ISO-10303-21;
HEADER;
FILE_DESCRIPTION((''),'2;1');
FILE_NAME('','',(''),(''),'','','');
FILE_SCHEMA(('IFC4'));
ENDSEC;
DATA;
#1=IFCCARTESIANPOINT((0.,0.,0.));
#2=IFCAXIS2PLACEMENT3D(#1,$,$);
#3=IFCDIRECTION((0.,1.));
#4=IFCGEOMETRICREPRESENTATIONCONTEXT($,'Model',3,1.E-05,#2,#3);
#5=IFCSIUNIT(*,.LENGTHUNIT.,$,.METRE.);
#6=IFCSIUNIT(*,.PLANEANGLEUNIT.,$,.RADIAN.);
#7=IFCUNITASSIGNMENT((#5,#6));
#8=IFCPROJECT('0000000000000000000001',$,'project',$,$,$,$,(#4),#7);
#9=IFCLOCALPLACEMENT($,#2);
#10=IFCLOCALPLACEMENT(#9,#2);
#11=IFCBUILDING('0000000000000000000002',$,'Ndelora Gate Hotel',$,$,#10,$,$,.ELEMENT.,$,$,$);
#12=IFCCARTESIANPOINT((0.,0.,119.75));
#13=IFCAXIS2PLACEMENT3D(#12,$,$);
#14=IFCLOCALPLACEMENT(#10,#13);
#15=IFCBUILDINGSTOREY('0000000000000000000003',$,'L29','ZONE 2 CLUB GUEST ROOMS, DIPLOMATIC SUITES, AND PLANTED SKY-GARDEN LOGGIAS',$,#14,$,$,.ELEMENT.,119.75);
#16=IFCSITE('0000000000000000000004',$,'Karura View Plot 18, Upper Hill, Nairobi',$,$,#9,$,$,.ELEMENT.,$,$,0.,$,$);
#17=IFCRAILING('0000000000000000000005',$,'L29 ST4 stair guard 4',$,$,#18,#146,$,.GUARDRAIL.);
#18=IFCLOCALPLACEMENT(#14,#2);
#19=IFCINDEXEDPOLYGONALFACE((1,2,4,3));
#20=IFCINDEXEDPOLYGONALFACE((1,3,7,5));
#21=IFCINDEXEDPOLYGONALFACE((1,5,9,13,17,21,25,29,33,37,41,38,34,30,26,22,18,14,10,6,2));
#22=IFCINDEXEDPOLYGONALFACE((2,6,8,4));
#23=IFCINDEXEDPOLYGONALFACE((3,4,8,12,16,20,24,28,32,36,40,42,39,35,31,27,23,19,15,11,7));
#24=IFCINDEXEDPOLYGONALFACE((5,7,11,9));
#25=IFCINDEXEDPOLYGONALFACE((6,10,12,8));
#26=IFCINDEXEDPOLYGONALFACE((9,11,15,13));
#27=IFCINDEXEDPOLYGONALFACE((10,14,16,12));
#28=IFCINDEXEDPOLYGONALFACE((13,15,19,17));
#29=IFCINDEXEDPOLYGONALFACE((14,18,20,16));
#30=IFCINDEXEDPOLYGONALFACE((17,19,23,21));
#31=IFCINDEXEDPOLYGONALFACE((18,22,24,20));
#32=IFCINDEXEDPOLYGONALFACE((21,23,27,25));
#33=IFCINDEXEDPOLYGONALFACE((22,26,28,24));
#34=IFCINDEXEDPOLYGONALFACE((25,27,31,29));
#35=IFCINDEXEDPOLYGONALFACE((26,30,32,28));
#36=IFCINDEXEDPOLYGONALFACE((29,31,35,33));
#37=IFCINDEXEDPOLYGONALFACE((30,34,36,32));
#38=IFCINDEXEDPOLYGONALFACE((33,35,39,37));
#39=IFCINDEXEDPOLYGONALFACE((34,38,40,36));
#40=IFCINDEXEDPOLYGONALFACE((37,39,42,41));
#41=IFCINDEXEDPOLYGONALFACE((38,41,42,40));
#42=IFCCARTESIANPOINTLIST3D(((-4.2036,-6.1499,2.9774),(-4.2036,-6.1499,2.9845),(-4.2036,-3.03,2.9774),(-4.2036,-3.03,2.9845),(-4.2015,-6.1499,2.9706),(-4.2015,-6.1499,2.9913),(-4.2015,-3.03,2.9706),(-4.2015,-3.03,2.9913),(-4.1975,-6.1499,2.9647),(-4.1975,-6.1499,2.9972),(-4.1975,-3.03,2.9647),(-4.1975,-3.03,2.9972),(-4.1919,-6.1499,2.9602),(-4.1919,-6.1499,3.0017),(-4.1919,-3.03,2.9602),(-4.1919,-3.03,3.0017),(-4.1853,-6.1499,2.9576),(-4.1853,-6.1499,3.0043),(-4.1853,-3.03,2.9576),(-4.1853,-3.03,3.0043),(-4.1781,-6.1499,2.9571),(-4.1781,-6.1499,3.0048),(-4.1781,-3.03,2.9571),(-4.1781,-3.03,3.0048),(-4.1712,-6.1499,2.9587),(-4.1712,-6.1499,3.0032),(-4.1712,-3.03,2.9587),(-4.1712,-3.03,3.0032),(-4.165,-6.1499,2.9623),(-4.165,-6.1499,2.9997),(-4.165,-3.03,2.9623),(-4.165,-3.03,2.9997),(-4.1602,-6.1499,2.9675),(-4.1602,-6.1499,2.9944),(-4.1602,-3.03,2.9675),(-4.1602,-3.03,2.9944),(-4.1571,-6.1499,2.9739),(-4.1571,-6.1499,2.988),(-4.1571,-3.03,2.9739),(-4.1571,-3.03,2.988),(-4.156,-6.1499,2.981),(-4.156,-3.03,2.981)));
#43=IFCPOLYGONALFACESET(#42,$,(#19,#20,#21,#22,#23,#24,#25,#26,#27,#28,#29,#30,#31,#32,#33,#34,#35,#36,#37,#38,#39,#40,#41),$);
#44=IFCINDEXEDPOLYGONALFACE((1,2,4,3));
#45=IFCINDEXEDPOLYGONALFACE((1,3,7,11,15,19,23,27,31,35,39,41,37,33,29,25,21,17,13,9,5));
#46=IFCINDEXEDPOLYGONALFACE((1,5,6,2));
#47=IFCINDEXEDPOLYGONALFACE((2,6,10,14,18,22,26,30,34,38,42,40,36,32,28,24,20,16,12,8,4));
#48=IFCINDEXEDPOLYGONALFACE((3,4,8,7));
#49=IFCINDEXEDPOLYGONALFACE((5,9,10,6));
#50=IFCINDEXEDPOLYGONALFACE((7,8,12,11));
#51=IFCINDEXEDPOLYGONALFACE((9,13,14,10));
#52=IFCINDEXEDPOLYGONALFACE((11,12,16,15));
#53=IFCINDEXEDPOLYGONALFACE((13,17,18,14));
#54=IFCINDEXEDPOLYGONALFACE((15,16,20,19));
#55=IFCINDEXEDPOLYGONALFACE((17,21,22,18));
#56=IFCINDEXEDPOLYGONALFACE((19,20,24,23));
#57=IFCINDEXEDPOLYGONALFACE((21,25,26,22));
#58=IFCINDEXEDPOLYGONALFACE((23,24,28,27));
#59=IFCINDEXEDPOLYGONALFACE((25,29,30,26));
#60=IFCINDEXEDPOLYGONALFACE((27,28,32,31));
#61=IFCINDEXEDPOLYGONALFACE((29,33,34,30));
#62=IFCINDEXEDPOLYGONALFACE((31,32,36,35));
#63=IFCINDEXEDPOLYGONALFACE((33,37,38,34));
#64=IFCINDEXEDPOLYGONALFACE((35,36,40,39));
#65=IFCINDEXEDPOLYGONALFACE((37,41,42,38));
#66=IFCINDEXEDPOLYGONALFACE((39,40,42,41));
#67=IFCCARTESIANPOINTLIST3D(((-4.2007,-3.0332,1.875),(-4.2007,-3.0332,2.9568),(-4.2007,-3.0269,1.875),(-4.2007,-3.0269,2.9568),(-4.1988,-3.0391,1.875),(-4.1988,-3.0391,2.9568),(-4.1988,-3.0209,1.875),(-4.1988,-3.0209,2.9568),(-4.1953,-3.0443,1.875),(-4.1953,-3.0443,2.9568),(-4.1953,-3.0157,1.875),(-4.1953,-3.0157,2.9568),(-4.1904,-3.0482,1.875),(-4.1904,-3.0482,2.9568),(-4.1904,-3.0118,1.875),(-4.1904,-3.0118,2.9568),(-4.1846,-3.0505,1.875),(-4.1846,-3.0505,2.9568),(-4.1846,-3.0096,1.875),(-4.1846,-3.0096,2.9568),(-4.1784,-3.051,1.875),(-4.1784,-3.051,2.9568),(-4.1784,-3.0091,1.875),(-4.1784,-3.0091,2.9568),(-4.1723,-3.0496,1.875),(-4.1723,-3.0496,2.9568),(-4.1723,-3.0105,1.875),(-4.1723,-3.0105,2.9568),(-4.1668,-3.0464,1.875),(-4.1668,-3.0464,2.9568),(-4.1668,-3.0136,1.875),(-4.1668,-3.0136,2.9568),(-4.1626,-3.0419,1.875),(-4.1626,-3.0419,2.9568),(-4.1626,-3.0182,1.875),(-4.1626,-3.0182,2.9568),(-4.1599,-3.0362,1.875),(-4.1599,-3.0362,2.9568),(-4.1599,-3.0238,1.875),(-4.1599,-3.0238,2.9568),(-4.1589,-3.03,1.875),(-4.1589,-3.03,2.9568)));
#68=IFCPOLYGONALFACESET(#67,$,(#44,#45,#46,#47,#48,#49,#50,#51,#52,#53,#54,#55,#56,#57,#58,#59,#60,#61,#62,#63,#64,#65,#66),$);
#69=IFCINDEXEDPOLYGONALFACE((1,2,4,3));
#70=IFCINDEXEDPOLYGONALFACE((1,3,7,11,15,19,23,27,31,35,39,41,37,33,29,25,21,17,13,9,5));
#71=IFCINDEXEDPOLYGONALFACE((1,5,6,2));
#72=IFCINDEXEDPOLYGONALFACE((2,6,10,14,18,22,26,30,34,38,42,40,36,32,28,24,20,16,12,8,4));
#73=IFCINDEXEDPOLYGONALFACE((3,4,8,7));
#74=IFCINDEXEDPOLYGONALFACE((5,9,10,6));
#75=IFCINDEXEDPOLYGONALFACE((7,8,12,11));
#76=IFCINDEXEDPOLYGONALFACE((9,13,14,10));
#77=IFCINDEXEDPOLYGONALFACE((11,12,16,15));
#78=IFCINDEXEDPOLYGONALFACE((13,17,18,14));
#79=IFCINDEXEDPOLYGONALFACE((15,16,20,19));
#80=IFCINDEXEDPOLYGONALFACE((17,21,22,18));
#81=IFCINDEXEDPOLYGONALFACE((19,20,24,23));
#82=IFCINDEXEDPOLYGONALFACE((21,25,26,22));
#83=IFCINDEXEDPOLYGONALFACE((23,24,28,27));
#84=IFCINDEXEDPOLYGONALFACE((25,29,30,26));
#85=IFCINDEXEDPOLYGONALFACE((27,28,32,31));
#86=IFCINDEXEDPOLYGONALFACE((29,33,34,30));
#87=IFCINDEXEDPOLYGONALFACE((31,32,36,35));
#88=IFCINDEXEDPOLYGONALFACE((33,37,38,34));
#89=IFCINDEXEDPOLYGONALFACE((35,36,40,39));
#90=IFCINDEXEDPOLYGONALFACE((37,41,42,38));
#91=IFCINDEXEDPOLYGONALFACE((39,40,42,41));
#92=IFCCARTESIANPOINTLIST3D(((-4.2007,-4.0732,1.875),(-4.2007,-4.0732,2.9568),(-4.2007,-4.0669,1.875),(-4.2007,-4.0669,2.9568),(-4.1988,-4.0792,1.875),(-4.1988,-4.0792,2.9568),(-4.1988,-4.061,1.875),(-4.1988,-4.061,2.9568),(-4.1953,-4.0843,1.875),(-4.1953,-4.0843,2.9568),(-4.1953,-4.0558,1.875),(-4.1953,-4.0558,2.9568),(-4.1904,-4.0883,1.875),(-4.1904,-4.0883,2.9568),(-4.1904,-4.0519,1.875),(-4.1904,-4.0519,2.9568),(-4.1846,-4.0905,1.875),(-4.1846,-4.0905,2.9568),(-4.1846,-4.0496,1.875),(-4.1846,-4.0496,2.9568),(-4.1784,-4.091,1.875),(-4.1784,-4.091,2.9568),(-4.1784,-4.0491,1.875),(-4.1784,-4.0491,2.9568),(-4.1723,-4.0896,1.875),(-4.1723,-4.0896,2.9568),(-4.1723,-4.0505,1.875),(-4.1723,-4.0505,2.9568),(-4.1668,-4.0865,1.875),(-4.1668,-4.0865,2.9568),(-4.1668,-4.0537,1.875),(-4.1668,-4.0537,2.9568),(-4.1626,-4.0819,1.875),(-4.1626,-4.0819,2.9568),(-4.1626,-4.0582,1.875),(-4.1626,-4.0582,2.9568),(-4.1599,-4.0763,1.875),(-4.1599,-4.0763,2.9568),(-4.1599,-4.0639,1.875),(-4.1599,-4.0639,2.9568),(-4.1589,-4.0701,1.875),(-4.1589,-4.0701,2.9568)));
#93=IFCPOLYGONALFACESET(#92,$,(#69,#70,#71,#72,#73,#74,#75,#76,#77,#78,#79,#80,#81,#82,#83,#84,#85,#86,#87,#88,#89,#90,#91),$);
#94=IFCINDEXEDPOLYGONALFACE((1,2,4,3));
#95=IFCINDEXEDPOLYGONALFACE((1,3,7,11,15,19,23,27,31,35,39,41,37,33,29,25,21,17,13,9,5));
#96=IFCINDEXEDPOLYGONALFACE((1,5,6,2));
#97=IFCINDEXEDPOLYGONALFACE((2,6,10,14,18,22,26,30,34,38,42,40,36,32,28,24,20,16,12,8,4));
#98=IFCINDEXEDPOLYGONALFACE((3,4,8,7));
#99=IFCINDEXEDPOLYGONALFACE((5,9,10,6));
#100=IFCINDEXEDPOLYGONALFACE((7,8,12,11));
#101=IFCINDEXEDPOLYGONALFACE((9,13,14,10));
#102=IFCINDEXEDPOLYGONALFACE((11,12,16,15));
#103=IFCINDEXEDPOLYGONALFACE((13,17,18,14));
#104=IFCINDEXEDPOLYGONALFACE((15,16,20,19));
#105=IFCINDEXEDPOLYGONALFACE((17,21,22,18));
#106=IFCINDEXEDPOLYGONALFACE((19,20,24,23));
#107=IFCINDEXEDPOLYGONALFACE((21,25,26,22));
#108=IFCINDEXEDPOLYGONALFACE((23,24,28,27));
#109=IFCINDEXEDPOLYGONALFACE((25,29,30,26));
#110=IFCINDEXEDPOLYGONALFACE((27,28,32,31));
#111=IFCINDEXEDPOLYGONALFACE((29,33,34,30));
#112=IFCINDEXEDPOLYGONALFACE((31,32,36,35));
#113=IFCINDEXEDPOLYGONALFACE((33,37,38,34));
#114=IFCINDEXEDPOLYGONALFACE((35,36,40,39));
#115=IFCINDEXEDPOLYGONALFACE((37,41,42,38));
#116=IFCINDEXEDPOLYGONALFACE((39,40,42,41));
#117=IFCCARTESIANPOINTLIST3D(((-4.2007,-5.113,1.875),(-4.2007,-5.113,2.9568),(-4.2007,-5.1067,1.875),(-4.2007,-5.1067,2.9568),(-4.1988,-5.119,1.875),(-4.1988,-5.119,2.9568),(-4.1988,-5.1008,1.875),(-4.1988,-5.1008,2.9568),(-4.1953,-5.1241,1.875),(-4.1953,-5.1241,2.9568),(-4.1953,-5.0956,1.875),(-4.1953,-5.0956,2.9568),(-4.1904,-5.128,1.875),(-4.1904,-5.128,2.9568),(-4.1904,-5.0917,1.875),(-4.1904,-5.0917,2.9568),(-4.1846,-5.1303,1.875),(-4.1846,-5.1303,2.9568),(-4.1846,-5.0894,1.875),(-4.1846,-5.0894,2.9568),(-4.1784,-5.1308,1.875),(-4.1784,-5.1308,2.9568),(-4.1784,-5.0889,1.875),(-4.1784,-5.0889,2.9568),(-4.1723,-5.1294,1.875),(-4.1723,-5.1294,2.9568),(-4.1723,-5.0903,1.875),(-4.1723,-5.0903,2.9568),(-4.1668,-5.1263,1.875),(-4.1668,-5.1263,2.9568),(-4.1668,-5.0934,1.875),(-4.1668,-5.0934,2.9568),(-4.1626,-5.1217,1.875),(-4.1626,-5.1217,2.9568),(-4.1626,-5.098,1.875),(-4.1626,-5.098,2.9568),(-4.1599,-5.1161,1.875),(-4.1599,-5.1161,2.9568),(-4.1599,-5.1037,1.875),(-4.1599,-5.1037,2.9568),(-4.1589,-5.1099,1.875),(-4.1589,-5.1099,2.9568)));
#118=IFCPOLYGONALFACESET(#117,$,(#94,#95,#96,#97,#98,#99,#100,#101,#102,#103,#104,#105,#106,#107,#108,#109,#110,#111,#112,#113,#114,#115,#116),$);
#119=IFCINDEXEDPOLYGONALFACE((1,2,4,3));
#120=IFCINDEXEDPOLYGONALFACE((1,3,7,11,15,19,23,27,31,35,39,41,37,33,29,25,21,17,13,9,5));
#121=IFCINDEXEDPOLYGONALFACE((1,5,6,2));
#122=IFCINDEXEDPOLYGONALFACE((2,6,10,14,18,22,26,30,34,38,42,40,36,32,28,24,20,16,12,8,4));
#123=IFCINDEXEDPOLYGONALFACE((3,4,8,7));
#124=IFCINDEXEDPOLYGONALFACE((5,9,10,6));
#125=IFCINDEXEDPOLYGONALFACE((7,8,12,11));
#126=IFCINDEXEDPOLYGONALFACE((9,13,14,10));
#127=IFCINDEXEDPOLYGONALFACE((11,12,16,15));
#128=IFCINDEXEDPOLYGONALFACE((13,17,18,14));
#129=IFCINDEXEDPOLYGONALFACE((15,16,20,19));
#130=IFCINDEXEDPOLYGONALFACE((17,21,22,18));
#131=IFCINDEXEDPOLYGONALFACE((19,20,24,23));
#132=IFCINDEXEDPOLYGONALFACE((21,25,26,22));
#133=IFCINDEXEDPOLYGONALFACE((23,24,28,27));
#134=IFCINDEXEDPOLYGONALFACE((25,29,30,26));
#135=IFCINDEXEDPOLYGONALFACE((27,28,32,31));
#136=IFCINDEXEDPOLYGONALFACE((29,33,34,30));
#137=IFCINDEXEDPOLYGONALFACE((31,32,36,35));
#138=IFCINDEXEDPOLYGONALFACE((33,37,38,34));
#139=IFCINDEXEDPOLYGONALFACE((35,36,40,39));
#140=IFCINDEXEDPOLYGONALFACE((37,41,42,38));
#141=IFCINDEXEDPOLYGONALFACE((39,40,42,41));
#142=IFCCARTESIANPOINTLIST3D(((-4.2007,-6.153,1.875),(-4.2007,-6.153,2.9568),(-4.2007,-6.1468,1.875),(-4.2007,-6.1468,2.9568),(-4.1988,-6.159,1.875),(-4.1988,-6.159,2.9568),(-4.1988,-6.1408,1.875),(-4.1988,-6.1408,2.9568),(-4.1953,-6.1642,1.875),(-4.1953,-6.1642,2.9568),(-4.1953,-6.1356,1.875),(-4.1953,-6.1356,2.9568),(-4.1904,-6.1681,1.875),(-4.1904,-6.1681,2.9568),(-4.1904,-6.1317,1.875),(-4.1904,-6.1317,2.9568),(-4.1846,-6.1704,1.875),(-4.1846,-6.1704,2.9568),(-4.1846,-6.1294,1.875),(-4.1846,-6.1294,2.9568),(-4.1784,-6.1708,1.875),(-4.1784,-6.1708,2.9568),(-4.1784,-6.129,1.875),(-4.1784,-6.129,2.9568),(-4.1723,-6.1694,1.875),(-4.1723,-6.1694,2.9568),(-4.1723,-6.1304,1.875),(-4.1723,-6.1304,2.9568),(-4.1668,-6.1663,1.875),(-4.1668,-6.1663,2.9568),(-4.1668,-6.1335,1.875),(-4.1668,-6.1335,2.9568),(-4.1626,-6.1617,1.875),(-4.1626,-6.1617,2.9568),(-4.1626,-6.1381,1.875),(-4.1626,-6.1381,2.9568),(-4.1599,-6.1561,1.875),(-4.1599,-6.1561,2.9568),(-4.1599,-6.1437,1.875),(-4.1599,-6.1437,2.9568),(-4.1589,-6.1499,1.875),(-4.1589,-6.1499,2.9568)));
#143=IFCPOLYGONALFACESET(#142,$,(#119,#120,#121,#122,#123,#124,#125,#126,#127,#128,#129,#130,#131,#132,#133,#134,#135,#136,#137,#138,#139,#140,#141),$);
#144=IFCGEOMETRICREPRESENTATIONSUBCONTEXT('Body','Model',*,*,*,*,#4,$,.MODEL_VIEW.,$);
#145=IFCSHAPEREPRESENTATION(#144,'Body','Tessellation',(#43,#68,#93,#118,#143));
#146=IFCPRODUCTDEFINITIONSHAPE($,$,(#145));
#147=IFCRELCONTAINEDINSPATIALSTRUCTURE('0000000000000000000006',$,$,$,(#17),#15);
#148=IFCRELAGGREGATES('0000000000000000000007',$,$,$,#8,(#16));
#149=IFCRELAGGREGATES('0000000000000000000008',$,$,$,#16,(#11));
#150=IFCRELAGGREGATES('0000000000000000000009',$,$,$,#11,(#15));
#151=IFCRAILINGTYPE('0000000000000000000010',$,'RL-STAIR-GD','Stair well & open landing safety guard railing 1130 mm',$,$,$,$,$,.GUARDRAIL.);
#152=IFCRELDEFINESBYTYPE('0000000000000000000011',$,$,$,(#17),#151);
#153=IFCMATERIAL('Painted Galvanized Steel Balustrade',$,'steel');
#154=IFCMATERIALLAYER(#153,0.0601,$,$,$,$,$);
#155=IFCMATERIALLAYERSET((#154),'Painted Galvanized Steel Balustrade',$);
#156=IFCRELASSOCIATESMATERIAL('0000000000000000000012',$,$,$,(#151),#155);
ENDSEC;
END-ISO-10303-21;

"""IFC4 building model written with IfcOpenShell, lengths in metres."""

from ifc_helpers import new_model, si_unit, direction, frame, origin, origin_2d, place, context, subcontext, project, spatial, circle, extrude, material, layer, layer_set, type_object, element, save


model = new_model("IFC4")

# Units and contexts
model_context = context("Model", 3, precision=1e-05, world=origin(), true_north=direction((0.0, 1.0)))
body_context = subcontext(model_context, "Body", "Model", "MODEL_VIEW")
ifc_project = project(units=[si_unit("LENGTHUNIT", "METRE"), si_unit("PLANEANGLEUNIT", "RADIAN")], contexts=[model_context])

# Site, building, storey
site_placement = place(None, origin())
site = spatial("IfcSite", under=ifc_project, at=site_placement, Name="Karura View Plot 18, Upper Hill, Nairobi", CompositionType="ELEMENT", RefElevation=0.0)
building_placement = place(site_placement, origin())
building = spatial("IfcBuilding", under=site, at=building_placement, Name="Ndelora Gate Hotel", CompositionType="ELEMENT")
storey_placement = place(building_placement, frame((0.0, 0.0, 119.75)))
storey = spatial("IfcBuildingStorey", under=building, at=storey_placement, Name="L29", Description="ZONE 2 CLUB GUEST ROOMS, DIPLOMATIC SUITES, AND PLANTED SKY-GARDEN LOGGIAS", CompositionType="ELEMENT", Elevation=119.75)

# Railing
ifc_material_1 = material(Name="Painted Galvanized Steel Balustrade", Category="steel")
ifc_layer_1 = layer(ifc_material_1, 0.0601)
ifc_layer_set_1 = layer_set([ifc_layer_1], Name="Painted Galvanized Steel Balustrade")
railing_type_1 = type_object("IfcRailingType", Name="RL-STAIR-GD", Description="Stair well & open landing safety guard railing 1130 mm", PredefinedType="GUARDRAIL", material=ifc_layer_set_1)
for number, where, name in (
    (1, (-4.1799, -3.03, 1.875), "L29 ST4 stair guard 4"),
):
    element("IfcRailing", number, at=place(storey_placement, frame(where)), inside=storey, type_object=railing_type_1, Name=name, PredefinedType="GUARDRAIL", context=body_context, shape_type="SweptSolid", body=[
        extrude(circle(Radius=0.0239, at=origin_2d()), frame((0.0, 0.0, 1.106), z_axis=(0.0, -1.0, 0.0), x_axis=(1.0, 0.0, 0.0)), (0.0, 0.0, 1.0), 3.1199),
        extrude(circle(Radius=0.021, at=origin_2d()), origin(), (0.0, 0.0, 1.0), 1.0818),
        extrude(circle(Radius=0.021, at=origin_2d()), frame((0.0, -1.04, 0.0)), (0.0, 0.0, 1.0), 1.0818),
        extrude(circle(Radius=0.021, at=origin_2d()), frame((0.0, -2.0798, 0.0)), (0.0, 0.0, 1.0), 1.0818),
        extrude(circle(Radius=0.021, at=origin_2d()), frame((0.0, -3.1199, 0.0)), (0.0, 0.0, 1.0), 1.0818),
    ])

save(model, "model.ifc")
